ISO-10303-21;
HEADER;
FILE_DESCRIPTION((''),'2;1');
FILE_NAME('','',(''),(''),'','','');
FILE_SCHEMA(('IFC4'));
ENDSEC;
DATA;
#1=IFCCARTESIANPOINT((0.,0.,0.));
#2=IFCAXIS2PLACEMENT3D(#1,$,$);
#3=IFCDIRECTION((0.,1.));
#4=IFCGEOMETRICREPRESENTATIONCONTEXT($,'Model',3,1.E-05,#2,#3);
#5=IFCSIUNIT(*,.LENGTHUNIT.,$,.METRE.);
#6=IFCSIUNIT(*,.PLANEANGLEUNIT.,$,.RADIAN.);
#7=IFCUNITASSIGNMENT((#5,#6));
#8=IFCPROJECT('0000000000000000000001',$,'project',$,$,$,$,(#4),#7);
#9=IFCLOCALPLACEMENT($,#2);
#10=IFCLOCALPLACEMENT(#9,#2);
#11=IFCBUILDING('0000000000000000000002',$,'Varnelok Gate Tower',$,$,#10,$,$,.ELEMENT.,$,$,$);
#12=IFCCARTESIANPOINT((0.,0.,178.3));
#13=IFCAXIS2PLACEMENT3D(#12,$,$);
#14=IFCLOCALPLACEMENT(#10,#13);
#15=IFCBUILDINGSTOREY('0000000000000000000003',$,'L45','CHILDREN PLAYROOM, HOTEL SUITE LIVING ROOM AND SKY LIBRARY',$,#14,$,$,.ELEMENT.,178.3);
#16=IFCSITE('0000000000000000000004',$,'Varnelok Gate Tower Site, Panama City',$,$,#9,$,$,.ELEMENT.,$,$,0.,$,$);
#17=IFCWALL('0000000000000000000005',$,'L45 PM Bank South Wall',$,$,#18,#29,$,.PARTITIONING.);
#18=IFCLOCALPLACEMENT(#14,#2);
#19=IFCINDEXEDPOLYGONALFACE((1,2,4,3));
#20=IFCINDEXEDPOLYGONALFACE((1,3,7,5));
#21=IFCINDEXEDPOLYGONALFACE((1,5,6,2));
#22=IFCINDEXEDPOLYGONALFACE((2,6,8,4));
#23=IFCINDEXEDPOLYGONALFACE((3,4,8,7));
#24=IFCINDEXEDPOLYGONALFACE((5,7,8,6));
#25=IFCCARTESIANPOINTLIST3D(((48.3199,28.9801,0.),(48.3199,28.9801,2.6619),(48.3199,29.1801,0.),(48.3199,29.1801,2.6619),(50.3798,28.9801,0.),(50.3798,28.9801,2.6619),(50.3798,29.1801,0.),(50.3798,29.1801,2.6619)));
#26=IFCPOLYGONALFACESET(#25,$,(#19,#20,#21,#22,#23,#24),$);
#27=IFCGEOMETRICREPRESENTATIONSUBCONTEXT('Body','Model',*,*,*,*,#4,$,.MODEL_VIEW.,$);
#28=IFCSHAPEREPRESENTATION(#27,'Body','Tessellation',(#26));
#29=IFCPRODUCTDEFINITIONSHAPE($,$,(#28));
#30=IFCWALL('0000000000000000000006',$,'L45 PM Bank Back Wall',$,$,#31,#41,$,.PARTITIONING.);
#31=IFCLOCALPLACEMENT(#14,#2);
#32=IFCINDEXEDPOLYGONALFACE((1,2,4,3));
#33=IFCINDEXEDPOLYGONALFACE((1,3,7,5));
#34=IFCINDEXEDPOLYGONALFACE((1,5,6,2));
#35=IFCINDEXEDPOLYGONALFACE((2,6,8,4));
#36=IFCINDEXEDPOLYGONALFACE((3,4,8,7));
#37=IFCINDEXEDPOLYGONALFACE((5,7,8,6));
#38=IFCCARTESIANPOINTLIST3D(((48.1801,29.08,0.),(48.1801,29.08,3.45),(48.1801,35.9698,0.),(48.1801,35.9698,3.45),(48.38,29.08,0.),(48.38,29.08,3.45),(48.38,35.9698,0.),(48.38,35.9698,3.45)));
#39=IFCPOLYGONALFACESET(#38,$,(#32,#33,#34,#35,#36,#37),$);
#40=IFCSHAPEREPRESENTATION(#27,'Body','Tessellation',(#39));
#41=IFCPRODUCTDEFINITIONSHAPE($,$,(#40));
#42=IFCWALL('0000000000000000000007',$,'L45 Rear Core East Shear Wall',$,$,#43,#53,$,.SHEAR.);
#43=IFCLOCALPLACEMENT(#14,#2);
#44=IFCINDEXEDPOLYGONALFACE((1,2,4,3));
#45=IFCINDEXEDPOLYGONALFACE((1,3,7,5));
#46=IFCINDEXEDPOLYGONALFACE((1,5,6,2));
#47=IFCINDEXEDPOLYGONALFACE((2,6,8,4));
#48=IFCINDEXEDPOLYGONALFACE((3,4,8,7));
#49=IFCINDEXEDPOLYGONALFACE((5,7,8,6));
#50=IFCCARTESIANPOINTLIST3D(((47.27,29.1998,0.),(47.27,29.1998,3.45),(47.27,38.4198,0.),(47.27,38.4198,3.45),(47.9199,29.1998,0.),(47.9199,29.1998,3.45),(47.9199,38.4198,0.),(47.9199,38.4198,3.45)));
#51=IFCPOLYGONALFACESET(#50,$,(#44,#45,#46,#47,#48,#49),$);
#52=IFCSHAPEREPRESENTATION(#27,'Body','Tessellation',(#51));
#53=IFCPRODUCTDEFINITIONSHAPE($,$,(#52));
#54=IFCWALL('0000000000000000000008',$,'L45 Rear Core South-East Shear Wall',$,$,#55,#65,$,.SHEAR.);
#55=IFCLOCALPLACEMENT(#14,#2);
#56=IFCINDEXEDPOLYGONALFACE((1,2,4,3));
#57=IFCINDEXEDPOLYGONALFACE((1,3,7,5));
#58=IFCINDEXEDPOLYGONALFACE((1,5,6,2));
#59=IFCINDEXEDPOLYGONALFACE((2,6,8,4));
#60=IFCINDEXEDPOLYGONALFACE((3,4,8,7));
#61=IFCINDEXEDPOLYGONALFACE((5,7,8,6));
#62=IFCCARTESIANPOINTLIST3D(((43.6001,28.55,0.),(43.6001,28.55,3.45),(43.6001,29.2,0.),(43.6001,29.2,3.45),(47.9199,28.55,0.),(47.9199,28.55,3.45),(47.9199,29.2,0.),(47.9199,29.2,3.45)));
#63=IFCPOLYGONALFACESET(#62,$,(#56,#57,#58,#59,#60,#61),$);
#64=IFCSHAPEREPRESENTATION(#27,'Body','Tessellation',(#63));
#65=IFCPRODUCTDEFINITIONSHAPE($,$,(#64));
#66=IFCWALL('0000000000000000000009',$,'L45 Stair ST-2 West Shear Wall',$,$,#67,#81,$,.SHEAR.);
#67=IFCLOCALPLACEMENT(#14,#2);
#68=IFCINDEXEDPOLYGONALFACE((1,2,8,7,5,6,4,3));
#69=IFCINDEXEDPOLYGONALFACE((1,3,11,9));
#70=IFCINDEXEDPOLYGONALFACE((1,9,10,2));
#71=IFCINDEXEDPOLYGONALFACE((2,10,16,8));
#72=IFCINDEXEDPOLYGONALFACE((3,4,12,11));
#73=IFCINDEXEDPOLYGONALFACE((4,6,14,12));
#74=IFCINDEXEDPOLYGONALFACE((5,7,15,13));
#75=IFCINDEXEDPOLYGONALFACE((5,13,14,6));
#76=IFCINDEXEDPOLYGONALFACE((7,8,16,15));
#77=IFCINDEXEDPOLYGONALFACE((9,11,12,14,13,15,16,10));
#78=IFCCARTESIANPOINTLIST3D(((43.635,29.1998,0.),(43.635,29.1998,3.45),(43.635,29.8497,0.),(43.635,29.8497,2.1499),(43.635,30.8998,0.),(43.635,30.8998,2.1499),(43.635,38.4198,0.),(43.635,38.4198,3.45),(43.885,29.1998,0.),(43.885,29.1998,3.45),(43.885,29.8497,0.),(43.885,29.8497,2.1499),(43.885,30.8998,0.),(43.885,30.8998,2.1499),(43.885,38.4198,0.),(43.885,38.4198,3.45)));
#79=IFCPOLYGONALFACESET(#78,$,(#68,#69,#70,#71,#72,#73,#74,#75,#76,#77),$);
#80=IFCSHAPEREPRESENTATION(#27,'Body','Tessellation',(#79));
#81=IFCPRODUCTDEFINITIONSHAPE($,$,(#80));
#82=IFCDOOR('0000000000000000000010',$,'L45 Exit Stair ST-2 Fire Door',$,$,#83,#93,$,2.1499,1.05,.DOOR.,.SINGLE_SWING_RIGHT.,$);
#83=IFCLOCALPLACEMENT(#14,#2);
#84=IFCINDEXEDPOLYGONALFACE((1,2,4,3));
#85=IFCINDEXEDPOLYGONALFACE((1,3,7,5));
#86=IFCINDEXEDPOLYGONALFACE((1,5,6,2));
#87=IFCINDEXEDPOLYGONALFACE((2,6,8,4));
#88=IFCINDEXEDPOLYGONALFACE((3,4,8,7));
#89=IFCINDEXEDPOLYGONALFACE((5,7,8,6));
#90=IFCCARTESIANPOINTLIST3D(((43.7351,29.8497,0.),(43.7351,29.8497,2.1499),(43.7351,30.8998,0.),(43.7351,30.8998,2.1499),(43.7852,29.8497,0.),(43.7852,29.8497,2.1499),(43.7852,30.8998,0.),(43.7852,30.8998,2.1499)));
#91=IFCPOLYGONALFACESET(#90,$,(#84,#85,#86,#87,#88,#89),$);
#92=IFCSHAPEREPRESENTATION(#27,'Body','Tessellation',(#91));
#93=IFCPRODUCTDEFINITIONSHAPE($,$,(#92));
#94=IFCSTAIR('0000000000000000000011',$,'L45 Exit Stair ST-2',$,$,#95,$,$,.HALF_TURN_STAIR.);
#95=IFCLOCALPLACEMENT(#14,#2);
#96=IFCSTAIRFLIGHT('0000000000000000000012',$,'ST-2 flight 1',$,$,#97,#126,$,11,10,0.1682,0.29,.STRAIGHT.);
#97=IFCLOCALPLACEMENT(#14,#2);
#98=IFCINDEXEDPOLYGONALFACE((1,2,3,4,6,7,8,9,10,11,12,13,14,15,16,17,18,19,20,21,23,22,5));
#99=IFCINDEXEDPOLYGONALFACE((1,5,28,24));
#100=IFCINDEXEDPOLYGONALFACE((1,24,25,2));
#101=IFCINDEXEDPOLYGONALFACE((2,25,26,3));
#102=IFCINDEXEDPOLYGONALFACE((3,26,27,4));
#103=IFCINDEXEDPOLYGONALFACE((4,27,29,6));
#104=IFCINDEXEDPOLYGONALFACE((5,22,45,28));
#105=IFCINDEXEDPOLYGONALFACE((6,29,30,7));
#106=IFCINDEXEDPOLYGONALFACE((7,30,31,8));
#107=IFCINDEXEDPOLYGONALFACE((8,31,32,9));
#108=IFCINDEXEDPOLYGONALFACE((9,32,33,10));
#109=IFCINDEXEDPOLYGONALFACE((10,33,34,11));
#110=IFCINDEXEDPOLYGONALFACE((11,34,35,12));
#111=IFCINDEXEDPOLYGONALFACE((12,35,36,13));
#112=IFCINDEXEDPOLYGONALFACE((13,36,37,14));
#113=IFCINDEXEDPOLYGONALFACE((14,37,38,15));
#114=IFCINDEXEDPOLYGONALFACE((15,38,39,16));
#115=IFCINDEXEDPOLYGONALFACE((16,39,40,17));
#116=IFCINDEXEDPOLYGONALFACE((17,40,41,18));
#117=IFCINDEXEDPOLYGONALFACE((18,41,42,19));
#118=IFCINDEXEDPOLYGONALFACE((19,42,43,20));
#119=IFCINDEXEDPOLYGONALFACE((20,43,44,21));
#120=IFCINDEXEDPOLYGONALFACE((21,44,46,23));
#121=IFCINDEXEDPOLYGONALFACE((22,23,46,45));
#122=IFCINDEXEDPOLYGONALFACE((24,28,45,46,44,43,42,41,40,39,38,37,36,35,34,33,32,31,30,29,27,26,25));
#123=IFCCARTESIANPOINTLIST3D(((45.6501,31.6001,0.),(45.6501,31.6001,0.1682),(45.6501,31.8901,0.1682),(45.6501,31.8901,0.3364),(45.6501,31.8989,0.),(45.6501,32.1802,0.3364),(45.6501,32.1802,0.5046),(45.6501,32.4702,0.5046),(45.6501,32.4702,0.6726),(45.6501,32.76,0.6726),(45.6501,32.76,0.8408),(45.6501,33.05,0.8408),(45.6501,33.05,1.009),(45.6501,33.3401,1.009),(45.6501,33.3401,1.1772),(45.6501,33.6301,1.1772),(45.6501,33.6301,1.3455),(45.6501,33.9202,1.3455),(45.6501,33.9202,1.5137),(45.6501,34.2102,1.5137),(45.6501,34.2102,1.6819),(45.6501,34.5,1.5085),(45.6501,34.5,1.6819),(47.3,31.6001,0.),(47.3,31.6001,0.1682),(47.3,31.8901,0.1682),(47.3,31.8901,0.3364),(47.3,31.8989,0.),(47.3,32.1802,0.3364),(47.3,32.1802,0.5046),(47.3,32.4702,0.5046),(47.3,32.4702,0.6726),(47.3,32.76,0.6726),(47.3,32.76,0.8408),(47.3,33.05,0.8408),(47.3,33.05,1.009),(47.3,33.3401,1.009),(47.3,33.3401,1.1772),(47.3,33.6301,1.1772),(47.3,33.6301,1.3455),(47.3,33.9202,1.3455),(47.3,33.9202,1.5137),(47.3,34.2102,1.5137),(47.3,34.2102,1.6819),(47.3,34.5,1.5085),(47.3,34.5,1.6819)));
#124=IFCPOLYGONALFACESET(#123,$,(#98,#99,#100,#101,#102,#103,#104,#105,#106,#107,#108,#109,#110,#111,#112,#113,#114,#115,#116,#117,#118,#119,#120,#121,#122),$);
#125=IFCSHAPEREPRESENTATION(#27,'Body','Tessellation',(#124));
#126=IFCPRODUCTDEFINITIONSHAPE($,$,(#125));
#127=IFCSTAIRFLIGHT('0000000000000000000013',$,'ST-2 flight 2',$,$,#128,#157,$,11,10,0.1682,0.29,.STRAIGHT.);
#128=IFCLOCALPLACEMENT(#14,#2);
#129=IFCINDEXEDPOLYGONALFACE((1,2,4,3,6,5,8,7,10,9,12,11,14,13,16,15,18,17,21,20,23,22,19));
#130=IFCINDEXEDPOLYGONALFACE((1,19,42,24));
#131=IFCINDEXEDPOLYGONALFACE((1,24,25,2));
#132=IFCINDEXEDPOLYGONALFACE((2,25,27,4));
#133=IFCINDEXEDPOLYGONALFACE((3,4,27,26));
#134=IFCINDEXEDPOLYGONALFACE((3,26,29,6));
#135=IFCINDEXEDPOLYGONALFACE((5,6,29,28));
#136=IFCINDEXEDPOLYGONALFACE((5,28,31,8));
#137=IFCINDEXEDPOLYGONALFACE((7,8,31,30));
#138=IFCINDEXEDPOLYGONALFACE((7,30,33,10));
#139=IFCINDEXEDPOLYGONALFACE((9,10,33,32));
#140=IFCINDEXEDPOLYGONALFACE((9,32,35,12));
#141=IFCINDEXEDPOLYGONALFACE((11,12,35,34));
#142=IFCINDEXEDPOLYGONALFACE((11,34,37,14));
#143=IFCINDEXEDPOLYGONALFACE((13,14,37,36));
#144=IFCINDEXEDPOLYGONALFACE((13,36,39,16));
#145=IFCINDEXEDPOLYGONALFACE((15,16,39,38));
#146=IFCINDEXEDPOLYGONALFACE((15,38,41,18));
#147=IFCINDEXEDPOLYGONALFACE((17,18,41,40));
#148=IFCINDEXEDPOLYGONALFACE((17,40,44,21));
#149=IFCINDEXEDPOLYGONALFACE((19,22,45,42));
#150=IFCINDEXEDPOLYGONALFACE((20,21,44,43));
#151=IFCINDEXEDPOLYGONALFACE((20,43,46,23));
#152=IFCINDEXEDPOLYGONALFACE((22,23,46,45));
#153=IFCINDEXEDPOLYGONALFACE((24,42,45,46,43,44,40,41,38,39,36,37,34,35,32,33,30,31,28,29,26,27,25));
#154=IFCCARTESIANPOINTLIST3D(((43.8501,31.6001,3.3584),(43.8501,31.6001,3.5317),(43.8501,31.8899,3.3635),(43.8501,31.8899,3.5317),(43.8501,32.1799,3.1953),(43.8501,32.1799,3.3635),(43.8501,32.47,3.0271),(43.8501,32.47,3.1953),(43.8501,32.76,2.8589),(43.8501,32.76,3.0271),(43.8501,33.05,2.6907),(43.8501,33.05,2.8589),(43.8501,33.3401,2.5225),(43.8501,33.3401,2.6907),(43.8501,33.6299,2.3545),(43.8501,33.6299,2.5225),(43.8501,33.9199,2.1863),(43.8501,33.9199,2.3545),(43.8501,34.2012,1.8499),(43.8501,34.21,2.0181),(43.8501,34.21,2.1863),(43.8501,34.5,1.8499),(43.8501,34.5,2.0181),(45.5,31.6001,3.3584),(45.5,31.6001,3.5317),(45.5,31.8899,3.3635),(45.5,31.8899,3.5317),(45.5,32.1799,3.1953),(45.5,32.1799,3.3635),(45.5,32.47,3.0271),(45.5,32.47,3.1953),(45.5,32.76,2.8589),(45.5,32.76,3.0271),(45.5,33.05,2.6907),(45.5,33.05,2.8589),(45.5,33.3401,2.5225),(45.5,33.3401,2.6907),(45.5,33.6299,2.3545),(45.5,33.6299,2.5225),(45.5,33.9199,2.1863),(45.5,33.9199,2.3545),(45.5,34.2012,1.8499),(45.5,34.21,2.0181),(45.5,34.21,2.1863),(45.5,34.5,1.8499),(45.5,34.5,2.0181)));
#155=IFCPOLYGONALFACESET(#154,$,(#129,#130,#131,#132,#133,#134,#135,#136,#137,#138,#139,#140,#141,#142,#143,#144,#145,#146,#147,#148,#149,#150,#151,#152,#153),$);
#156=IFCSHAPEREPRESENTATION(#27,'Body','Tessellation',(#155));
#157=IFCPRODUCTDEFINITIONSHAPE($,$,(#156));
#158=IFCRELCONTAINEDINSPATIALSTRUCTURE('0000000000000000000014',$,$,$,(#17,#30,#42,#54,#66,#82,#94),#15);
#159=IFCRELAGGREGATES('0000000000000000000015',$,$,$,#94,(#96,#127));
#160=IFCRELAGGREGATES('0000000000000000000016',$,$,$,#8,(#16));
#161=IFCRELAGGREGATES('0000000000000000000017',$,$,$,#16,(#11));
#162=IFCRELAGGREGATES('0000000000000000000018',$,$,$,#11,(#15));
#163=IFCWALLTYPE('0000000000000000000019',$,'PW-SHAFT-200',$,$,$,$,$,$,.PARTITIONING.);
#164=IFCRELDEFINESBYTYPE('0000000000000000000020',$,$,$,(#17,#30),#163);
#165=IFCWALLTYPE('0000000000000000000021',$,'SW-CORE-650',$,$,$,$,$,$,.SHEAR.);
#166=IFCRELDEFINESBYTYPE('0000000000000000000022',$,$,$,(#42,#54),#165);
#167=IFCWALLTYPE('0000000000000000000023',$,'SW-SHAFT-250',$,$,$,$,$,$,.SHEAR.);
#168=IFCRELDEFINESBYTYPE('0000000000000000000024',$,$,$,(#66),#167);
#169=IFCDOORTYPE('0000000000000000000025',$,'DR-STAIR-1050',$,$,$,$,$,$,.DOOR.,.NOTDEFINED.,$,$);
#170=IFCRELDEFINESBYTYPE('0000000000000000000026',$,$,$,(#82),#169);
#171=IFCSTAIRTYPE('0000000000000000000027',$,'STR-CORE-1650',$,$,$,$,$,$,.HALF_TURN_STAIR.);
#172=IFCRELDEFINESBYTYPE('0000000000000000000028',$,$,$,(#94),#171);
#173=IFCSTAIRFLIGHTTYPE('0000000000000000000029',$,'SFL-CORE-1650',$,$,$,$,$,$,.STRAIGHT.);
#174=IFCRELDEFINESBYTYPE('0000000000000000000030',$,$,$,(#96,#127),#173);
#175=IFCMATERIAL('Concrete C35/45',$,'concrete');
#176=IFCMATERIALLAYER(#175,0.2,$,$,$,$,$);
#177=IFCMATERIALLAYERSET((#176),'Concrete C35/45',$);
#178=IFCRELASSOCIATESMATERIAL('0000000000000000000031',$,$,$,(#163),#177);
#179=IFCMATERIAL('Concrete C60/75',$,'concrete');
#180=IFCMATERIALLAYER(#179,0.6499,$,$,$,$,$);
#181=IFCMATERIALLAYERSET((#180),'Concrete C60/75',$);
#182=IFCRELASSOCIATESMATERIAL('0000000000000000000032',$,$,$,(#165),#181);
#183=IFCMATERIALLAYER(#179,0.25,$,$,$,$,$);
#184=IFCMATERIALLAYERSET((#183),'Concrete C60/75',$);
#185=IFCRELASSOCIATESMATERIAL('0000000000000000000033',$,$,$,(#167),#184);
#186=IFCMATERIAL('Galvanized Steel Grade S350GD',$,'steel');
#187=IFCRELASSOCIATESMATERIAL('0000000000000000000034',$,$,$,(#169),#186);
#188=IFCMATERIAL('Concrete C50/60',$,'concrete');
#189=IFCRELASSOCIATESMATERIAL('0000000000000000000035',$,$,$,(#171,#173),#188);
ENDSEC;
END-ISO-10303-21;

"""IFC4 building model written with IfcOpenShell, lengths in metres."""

from ifc_helpers import new_model, si_unit, direction, frame, frame_2d, origin, place, context, subcontext, project, spatial, polyline, rectangle, outline, extrude, material, layer, layer_set, type_object, element, fill, aggregate, save


model = new_model("IFC4")

# Units and contexts
model_context = context("Model", 3, precision=1e-05, world=origin(), true_north=direction((0.0, 1.0)))
body_context = subcontext(model_context, "Body", "Model", "MODEL_VIEW")
ifc_project = project(units=[si_unit("LENGTHUNIT", "METRE"), si_unit("PLANEANGLEUNIT", "RADIAN")], contexts=[model_context])

# Site, building, storey
site_placement = place(None, origin())
site = spatial("IfcSite", under=ifc_project, at=site_placement, Name="Varnelok Gate Tower Site, Panama City", CompositionType="ELEMENT", RefElevation=0.0)
building_placement = place(site_placement, origin())
building = spatial("IfcBuilding", under=site, at=building_placement, Name="Varnelok Gate Tower", CompositionType="ELEMENT")
storey_placement = place(building_placement, frame((0.0, 0.0, 178.3)))
storey = spatial("IfcBuildingStorey", under=building, at=storey_placement, Name="L45", Description="CHILDREN PLAYROOM, HOTEL SUITE LIVING ROOM AND SKY LIBRARY", CompositionType="ELEMENT", Elevation=178.3)

# Shared definitions
ifc_material_1 = material(Name="Concrete C60/75", Category="concrete")

# Shared definitions
ifc_material_2 = material(Name="Galvanized Steel Grade S350GD", Category="steel")

# Shared definitions
ifc_material_3 = material(Name="Concrete C35/45", Category="concrete")
ifc_layer_1 = layer(ifc_material_3, 0.2)
ifc_layer_set_1 = layer_set([ifc_layer_1], Name="Concrete C35/45")
wall_type_1 = type_object("IfcWallType", Name="PW-SHAFT-200", PredefinedType="PARTITIONING", material=ifc_layer_set_1)

# Walls
wall_1_placement = place(storey_placement, frame((48.3201, 29.0801, 0.0), z_axis=(0.0, 0.0, 1.0), x_axis=(1.0, 0.0, 0.0)))
element("IfcWall", 1, at=wall_1_placement, inside=storey, type_object=wall_type_1, Name="L45 PM Bank South Wall", PredefinedType="PARTITIONING", context=body_context, shape_type="SweptSolid", body=[
    extrude(rectangle(XDim=2.0598, YDim=0.2, at=frame_2d((1.0298, 0.0))), origin(), (0.0, 0.0, 1.0), 2.6619),
])
wall_2_placement = place(storey_placement, frame((48.28, 29.0801, 0.0), z_axis=(0.0, 0.0, 1.0), x_axis=(0.0, 1.0, 0.0)))
element("IfcWall", 2, at=wall_2_placement, inside=storey, type_object=wall_type_1, Name="L45 PM Bank Back Wall", PredefinedType="PARTITIONING", context=body_context, shape_type="SweptSolid", body=[
    extrude(rectangle(XDim=6.8899, YDim=0.2, at=frame_2d((3.4448, 0.0))), origin(), (0.0, 0.0, 1.0), 3.45),
])
ifc_layer_2 = layer(ifc_material_1, 0.6499)
ifc_layer_set_2 = layer_set([ifc_layer_2], Name="Concrete C60/75")
wall_type_2 = type_object("IfcWallType", Name="SW-CORE-650", PredefinedType="SHEAR", material=ifc_layer_set_2)
wall_3_placement = place(storey_placement, frame((47.595, 29.2, 0.0), z_axis=(0.0, 0.0, 1.0), x_axis=(0.0, 1.0, 0.0)))
element("IfcWall", 3, at=wall_3_placement, inside=storey, type_object=wall_type_2, Name="L45 Rear Core East Shear Wall", PredefinedType="SHEAR", context=body_context, shape_type="SweptSolid", body=[
    extrude(rectangle(XDim=9.22, YDim=0.6499, at=frame_2d((4.6099, 0.0))), origin(), (0.0, 0.0, 1.0), 3.45),
])
wall_4_placement = place(storey_placement, frame((43.6001, 28.875, 0.0), z_axis=(0.0, 0.0, 1.0), x_axis=(1.0, 0.0, 0.0)))
element("IfcWall", 4, at=wall_4_placement, inside=storey, type_object=wall_type_2, Name="L45 Rear Core South-East Shear Wall", PredefinedType="SHEAR", context=body_context, shape_type="SweptSolid", body=[
    extrude(rectangle(XDim=4.3198, YDim=0.6499, at=frame_2d((2.1599, 0.0))), origin(), (0.0, 0.0, 1.0), 3.45),
])

# Wall, opening, door
ifc_layer_3 = layer(ifc_material_1, 0.25)
ifc_layer_set_3 = layer_set([ifc_layer_3], Name="Concrete C60/75")
wall_type_3 = type_object("IfcWallType", Name="SW-SHAFT-250", PredefinedType="SHEAR", material=ifc_layer_set_3)
wall_5_placement = place(storey_placement, frame((43.76, 29.2, 0.0), z_axis=(0.0, 0.0, 1.0), x_axis=(0.0, 1.0, 0.0)))
wall_5 = element("IfcWall", 5, at=wall_5_placement, inside=storey, type_object=wall_type_3, Name="L45 Stair ST-2 West Shear Wall", PredefinedType="SHEAR", context=body_context, shape_type="SweptSolid", body=[
    extrude(rectangle(XDim=9.22, YDim=0.25, at=frame_2d((4.6099, 0.0))), origin(), (0.0, 0.0, 1.0), 3.45),
])
opening_1_placement = place(wall_5_placement, frame((0.6499, 0.0, 0.0)))
opening_1 = element("IfcOpeningElement", 6, at=opening_1_placement, cuts=wall_5, PredefinedType="OPENING", context=body_context, shape_type="SweptSolid", body=[
    extrude(rectangle(XDim=1.05, YDim=2.1499, at=frame_2d((0.5249, 1.075))), frame((0.0, 0.135, 0.0), z_axis=(0.0, -1.0, 0.0), x_axis=(1.0, 0.0, 0.0)), (0.0, 0.0, 1.0), 0.27),
])
door_type_1 = type_object("IfcDoorType", Name="DR-STAIR-1050", OperationType="NOTDEFINED", PredefinedType="DOOR", material=ifc_material_2)
door_1_placement = place(opening_1_placement, origin())
door_1 = element("IfcDoor", 7, at=door_1_placement, inside=storey, type_object=door_type_1, Name="L45 Exit Stair ST-2 Fire Door", OperationType="SINGLE_SWING_RIGHT", OverallHeight=2.1499, OverallWidth=1.05, PredefinedType="DOOR", context=body_context, shape_type="SweptSolid", body=[
    extrude(rectangle(XDim=1.05, YDim=2.1499, at=frame_2d((0.5249, 1.075))), frame((0.0, 0.0249, 0.0), z_axis=(0.0, -1.0, 0.0), x_axis=(1.0, 0.0, 0.0)), (0.0, 0.0, 1.0), 0.05),
])
fill(opening_1, door_1)

# Stair, stair flights
ifc_material_4 = material(Name="Concrete C50/60", Category="concrete")
stair_type = type_object("IfcStairType", Name="STR-CORE-1650", PredefinedType="HALF_TURN_STAIR", material=ifc_material_4)
stair_placement = place(storey_placement, origin())
stair = element("IfcStair", 8, at=stair_placement, inside=storey, type_object=stair_type, Name="L45 Exit Stair ST-2", PredefinedType="HALF_TURN_STAIR")
stair_flight_type = type_object("IfcStairFlightType", Name="SFL-CORE-1650", PredefinedType="STRAIGHT", material=ifc_material_4)
stair_flight_1_placement = place(storey_placement, frame((46.4751, 31.6001, 0.0), z_axis=(0.0, 0.0, 1.0), x_axis=(0.0, 1.0, 0.0)))
stair_flight_1 = element("IfcStairFlight", 9, at=stair_flight_1_placement, type_object=stair_flight_type, Name="ST-2 flight 1", NumberOfRisers=11, NumberOfTreads=10, PredefinedType="STRAIGHT", RiserHeight=0.1682, TreadLength=0.29, context=body_context, shape_type="SweptSolid", body=[
    extrude(outline(polyline([(0.0, 0.0), (0.0, 0.1682), (0.29, 0.1682), (0.29, 0.3364), (0.5801, 0.3364), (0.5801, 0.5046), (0.8701, 0.5046), (0.8701, 0.6726), (1.1599, 0.6726), (1.1599, 0.8408), (1.45, 0.8408), (1.45, 1.009), (1.74, 1.009), (1.74, 1.1772), (2.03, 1.1772), (2.03, 1.3455), (2.3201, 1.3455), (2.3201, 1.5137), (2.6101, 1.5137), (2.6101, 1.6819), (2.8999, 1.6819), (2.8999, 1.8501), (2.8999, 1.5085), (0.2988, 0.0), (0.0, 0.0)])), frame((0.0, 0.825, 0.0), z_axis=(0.0, -1.0, 0.0), x_axis=(1.0, 0.0, 0.0)), (0.0, 0.0, 1.0), 1.6499),
])
stair_flight_2_placement = place(storey_placement, frame((44.675, 34.5, 1.8499), z_axis=(0.0, 0.0, 1.0), x_axis=(0.0, -1.0, 0.0)))
stair_flight_2 = element("IfcStairFlight", 10, at=stair_flight_2_placement, type_object=stair_flight_type, Name="ST-2 flight 2", NumberOfRisers=11, NumberOfTreads=10, PredefinedType="STRAIGHT", RiserHeight=0.1682, TreadLength=0.29, context=body_context, shape_type="SweptSolid", body=[
    extrude(outline(polyline([(0.0, 0.0), (0.0, 0.1682), (0.29, 0.1682), (0.29, 0.3364), (0.5801, 0.3364), (0.5801, 0.5046), (0.8701, 0.5046), (0.8701, 0.6726), (1.1599, 0.6726), (1.1599, 0.8408), (1.45, 0.8408), (1.45, 1.009), (1.74, 1.009), (1.74, 1.1772), (2.03, 1.1772), (2.03, 1.3455), (2.3201, 1.3455), (2.3201, 1.5137), (2.6101, 1.5137), (2.6101, 1.6819), (2.8999, 1.6819), (2.8999, 1.8501), (2.8999, 1.5085), (0.2988, 0.0), (0.0, 0.0)])), frame((0.0, 0.825, 0.0), z_axis=(0.0, -1.0, 0.0), x_axis=(1.0, 0.0, 0.0)), (0.0, 0.0, 1.0), 1.6499),
])
aggregate(stair, [stair_flight_1, stair_flight_2])

save(model, "model.ifc")
